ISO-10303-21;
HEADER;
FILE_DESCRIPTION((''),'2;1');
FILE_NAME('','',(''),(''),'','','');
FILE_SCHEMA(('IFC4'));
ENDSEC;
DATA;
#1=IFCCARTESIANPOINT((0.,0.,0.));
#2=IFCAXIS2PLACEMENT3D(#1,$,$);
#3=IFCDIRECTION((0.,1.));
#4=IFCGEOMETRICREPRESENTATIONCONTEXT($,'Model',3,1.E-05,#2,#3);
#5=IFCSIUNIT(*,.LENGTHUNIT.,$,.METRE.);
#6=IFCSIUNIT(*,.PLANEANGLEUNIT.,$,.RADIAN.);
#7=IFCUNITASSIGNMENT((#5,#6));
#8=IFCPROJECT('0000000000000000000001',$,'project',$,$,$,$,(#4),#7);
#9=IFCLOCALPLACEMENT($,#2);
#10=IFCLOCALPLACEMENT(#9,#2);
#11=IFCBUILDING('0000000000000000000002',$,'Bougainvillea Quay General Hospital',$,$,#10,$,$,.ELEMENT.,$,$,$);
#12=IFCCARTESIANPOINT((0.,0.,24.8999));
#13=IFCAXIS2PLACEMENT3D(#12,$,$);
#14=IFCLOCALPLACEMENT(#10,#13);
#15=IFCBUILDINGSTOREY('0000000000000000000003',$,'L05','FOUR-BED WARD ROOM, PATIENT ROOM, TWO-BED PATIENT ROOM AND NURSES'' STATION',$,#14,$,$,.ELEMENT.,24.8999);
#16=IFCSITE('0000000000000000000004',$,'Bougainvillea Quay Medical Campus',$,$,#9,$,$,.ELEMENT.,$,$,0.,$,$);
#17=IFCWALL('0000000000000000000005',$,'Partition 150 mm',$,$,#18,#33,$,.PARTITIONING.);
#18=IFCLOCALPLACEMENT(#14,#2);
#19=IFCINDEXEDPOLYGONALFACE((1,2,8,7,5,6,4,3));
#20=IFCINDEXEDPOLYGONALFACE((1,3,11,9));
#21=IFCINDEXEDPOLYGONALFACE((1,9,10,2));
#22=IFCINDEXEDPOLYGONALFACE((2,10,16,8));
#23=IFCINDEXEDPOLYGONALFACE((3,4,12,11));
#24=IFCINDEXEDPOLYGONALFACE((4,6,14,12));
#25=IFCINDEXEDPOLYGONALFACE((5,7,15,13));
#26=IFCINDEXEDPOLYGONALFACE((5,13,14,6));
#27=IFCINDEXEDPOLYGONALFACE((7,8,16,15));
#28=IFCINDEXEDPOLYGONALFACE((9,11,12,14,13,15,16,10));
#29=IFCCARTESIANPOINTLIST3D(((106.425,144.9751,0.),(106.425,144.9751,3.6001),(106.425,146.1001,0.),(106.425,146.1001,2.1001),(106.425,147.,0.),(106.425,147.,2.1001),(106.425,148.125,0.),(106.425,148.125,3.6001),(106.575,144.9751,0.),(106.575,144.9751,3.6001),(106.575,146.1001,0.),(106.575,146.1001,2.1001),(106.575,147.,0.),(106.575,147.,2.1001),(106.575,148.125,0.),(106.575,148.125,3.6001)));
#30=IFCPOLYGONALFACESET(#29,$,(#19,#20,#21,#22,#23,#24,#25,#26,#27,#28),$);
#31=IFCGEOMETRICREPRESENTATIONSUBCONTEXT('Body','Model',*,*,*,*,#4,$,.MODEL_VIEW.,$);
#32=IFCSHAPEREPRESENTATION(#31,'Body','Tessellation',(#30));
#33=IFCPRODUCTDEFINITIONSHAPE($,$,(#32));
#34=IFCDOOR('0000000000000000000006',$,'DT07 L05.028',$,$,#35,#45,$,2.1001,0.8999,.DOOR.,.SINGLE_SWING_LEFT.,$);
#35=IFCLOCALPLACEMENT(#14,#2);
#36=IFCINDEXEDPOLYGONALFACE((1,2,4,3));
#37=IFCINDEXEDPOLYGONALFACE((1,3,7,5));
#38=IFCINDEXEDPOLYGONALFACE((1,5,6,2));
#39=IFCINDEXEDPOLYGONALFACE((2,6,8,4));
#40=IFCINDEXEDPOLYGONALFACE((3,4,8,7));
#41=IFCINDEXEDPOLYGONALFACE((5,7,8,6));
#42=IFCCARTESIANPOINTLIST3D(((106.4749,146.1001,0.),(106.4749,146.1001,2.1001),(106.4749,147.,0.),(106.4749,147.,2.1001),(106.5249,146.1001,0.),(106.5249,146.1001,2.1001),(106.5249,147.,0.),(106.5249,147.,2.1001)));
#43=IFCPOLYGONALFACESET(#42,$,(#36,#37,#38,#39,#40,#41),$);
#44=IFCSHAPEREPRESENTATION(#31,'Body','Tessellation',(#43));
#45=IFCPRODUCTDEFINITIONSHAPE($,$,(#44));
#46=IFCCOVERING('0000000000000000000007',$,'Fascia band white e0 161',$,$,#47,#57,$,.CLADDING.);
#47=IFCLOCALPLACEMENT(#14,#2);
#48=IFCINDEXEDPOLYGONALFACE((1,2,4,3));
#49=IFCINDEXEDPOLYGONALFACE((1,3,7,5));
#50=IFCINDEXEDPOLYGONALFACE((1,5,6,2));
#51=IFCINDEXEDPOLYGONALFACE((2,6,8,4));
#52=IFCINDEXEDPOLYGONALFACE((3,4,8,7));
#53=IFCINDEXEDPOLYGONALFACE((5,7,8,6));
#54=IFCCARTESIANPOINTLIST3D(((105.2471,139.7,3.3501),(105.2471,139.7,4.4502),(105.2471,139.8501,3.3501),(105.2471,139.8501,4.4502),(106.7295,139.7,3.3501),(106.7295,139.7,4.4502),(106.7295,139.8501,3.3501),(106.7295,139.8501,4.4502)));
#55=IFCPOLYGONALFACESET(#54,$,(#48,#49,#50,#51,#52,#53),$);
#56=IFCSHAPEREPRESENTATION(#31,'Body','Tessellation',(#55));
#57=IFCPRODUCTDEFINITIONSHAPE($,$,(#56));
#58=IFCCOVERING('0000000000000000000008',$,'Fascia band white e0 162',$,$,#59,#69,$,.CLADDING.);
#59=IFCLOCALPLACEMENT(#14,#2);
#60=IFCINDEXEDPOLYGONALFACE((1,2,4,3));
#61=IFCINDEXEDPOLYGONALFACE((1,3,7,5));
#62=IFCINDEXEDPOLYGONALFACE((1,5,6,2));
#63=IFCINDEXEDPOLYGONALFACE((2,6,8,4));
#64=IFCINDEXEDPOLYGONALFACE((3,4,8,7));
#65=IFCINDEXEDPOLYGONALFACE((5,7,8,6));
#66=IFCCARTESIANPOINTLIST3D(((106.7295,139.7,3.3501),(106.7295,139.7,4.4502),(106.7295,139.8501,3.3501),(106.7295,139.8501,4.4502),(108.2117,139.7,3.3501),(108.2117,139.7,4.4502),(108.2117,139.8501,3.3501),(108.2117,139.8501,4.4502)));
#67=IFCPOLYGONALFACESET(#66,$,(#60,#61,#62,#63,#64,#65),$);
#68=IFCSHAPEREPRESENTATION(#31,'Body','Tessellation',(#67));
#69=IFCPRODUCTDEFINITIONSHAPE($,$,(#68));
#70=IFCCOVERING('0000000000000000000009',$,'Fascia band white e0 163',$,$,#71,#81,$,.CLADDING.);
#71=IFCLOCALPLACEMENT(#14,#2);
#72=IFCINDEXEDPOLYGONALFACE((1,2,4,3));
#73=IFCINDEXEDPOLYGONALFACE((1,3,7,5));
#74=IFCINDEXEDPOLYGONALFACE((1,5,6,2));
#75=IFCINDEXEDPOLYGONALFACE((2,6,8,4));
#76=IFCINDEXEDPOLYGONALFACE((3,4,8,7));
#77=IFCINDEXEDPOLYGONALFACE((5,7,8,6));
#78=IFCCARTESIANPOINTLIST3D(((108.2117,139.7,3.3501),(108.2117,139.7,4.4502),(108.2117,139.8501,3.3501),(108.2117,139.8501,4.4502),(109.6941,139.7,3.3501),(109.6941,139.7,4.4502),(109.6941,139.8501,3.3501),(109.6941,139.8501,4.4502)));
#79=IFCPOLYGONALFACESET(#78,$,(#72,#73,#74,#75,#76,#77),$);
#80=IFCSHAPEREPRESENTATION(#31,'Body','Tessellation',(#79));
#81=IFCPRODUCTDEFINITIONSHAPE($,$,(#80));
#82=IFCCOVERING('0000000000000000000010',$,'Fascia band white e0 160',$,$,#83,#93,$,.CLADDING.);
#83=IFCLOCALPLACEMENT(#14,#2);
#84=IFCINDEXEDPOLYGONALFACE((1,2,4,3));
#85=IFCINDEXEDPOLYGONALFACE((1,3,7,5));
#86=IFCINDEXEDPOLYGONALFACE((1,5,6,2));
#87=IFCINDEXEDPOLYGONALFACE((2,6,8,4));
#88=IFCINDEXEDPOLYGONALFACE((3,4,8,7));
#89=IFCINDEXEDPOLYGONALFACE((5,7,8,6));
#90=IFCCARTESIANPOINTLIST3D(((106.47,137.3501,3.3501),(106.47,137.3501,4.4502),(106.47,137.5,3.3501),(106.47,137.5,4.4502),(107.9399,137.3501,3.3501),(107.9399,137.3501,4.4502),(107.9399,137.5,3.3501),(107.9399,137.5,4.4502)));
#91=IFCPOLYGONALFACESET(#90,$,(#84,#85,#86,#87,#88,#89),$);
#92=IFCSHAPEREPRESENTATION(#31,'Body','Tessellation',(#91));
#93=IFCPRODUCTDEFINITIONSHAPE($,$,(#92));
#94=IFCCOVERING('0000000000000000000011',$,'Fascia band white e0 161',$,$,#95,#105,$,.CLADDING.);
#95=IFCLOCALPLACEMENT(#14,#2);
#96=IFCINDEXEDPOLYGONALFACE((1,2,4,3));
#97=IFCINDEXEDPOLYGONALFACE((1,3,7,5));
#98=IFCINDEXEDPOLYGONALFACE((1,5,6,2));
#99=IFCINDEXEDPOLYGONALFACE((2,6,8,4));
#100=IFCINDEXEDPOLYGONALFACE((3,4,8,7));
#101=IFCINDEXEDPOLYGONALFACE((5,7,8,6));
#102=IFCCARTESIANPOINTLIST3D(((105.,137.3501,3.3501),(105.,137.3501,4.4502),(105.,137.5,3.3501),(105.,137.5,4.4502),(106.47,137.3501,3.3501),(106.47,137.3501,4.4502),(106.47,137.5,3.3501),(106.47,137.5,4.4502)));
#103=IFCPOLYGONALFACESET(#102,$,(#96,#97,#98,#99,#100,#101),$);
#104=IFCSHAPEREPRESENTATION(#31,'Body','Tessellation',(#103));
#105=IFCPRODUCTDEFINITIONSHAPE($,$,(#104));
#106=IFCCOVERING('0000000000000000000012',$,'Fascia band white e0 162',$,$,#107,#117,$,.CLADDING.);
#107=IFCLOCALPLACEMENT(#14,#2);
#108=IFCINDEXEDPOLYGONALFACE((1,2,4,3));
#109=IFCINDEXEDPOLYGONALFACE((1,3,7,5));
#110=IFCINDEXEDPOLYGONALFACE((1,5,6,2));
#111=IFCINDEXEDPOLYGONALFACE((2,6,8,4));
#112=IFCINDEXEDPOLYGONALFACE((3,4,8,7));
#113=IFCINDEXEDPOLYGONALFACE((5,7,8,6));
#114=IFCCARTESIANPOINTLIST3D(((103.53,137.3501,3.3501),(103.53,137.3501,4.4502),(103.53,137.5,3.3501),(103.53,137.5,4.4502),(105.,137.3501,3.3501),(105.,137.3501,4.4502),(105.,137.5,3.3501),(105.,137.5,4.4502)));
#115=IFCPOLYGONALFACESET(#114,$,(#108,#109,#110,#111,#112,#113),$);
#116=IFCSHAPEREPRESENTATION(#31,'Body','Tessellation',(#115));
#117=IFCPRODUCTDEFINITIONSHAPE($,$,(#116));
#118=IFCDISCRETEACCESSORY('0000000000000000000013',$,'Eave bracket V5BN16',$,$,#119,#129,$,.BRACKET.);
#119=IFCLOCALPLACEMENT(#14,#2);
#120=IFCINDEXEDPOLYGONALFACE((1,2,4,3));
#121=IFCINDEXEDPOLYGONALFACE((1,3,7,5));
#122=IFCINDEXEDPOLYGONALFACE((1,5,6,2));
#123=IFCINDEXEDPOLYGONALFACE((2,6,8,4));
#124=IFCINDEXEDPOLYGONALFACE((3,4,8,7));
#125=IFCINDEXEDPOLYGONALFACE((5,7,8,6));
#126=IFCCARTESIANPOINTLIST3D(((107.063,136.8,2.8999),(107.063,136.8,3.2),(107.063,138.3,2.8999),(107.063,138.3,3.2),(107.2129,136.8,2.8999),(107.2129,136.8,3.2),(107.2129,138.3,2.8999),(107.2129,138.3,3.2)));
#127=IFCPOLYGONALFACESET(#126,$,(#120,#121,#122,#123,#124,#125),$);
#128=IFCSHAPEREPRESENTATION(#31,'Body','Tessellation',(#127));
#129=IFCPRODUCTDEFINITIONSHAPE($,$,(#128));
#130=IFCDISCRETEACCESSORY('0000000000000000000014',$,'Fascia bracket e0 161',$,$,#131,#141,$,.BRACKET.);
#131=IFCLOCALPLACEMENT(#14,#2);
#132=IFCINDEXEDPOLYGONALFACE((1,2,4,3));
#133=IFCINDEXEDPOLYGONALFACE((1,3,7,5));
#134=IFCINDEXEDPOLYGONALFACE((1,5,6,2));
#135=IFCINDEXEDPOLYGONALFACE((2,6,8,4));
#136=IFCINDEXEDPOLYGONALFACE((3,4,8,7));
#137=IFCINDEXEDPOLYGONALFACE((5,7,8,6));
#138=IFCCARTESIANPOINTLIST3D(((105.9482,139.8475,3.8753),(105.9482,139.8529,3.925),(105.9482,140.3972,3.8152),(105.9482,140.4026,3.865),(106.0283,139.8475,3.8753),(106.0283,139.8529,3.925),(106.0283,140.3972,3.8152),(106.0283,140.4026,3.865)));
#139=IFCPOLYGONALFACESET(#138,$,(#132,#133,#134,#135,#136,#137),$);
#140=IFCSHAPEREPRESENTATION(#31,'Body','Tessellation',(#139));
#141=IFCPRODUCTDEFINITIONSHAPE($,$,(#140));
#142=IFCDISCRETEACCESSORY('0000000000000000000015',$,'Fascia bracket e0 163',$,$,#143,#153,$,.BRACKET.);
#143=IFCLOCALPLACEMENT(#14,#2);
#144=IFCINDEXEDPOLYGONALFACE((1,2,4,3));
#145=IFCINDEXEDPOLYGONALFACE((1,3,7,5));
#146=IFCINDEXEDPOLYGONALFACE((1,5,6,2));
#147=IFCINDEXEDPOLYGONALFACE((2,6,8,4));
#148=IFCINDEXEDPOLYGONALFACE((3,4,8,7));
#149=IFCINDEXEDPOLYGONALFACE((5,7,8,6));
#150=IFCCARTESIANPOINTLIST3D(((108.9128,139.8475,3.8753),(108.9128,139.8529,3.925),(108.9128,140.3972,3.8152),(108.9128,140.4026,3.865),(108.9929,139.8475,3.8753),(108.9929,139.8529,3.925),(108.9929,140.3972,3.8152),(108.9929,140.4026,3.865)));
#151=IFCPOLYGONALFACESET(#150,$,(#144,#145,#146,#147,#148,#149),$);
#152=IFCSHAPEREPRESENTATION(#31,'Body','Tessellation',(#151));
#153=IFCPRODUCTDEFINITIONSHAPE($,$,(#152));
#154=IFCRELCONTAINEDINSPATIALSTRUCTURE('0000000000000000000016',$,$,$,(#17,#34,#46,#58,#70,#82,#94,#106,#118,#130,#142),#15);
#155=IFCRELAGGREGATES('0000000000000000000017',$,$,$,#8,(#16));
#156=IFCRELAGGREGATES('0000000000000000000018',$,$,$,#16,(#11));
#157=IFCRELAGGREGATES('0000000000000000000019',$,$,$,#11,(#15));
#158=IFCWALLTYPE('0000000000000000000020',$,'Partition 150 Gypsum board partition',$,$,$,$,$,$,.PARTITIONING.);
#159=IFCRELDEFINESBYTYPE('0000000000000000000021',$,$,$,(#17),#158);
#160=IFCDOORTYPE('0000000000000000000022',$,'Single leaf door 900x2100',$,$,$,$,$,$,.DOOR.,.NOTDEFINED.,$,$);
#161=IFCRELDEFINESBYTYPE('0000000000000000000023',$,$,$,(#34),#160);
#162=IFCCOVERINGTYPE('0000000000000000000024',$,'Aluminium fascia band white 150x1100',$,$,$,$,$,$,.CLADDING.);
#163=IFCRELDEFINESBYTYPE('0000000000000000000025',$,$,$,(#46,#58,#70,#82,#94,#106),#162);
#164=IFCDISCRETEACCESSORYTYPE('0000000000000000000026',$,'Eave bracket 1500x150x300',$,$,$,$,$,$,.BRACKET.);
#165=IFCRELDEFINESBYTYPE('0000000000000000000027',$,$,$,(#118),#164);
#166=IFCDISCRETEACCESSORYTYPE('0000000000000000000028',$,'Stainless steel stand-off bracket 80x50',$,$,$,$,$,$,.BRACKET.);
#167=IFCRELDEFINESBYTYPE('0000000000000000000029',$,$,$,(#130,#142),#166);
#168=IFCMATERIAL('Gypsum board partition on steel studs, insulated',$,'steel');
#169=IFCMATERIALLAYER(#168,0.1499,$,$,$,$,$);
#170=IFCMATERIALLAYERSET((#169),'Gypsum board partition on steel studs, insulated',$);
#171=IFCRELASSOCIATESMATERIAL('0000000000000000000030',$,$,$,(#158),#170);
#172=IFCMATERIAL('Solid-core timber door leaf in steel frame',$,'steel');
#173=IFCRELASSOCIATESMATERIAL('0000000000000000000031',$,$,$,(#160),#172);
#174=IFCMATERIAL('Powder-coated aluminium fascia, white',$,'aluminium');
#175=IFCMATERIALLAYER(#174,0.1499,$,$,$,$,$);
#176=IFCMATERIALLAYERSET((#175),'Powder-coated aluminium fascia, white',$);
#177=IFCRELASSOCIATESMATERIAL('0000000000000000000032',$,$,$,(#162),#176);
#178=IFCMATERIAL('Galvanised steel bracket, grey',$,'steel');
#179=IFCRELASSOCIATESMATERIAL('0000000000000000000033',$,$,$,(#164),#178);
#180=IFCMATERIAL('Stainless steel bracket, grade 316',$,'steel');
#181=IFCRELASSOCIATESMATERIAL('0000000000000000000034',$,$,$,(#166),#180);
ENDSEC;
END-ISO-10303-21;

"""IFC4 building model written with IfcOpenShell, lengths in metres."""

from ifc_helpers import new_model, si_unit, direction, frame, frame_2d, origin, origin_2d, place, context, subcontext, project, spatial, polyline, rectangle, outline, extrude, material, layer, layer_set, material_profile, profile_set, type_object, element, fill, save


model = new_model("IFC4")

# Units and contexts
model_context = context("Model", 3, precision=1e-05, world=origin(), true_north=direction((0.0, 1.0)))
body_context = subcontext(model_context, "Body", "Model", "MODEL_VIEW")
ifc_project = project(units=[si_unit("LENGTHUNIT", "METRE"), si_unit("PLANEANGLEUNIT", "RADIAN")], contexts=[model_context])

# Site, building, storey
site_placement = place(None, origin())
site = spatial("IfcSite", under=ifc_project, at=site_placement, Name="Bougainvillea Quay Medical Campus", CompositionType="ELEMENT", RefElevation=0.0)
building_placement = place(site_placement, origin())
building = spatial("IfcBuilding", under=site, at=building_placement, Name="Bougainvillea Quay General Hospital", CompositionType="ELEMENT")
storey_placement = place(building_placement, frame((0.0, 0.0, 24.8999)))
storey = spatial("IfcBuildingStorey", under=building, at=storey_placement, Name="L05", Description="FOUR-BED WARD ROOM, PATIENT ROOM, TWO-BED PATIENT ROOM AND NURSES' STATION", CompositionType="ELEMENT", Elevation=24.8999)

# Shared definitions
ifc_material_1 = material(Name="Gypsum board partition on steel studs, insulated", Category="steel")
ifc_layer_1 = layer(ifc_material_1, 0.1499)
ifc_layer_set_1 = layer_set([ifc_layer_1], Name="Gypsum board partition on steel studs, insulated")
wall_type = type_object("IfcWallType", Name="Partition 150 Gypsum board partition", PredefinedType="PARTITIONING", material=ifc_layer_set_1)

# Wall, opening, door
wall_1_placement = place(storey_placement, frame((106.5, 144.9751, 0.0), z_axis=(0.0, 0.0, 1.0), x_axis=(0.0, 1.0, 0.0)))
wall_1 = element("IfcWall", 1, at=wall_1_placement, inside=storey, type_object=wall_type, Name="Partition 150 mm", PredefinedType="PARTITIONING", context=body_context, shape_type="SweptSolid", body=[
    extrude(rectangle(XDim=3.1499, YDim=0.1499, at=frame_2d((1.575, 0.0))), origin(), (0.0, 0.0, 1.0), 3.6001),
])
opening_placement = place(wall_1_placement, frame((1.125, 0.0, 0.0)))
opening = element("IfcOpeningElement", 2, at=opening_placement, cuts=wall_1, PredefinedType="OPENING", context=body_context, shape_type="SweptSolid", body=[
    extrude(rectangle(XDim=0.8999, YDim=2.1001, at=frame_2d((0.45, 1.05))), frame((0.0, 0.085, 0.0), z_axis=(0.0, -1.0, 0.0), x_axis=(1.0, 0.0, 0.0)), (0.0, 0.0, 1.0), 0.1699),
])
ifc_material_2 = material(Name="Solid-core timber door leaf in steel frame", Category="steel")
door_type = type_object("IfcDoorType", Name="Single leaf door 900x2100", OperationType="NOTDEFINED", PredefinedType="DOOR", material=ifc_material_2)
door_placement = place(opening_placement, frame((0.8999, 0.0, 0.0), z_axis=(0.0, 0.0, 1.0), x_axis=(-1.0, 0.0, 0.0)))
door = element("IfcDoor", 3, at=door_placement, inside=storey, type_object=door_type, Name="DT07 L05.028", OperationType="SINGLE_SWING_LEFT", OverallHeight=2.1001, OverallWidth=0.8999, PredefinedType="DOOR", context=body_context, shape_type="SweptSolid", body=[
    extrude(rectangle(XDim=0.8999, YDim=2.1001, at=frame_2d((0.45, 1.05))), frame((0.0, 0.0249, 0.0), z_axis=(0.0, -1.0, 0.0), x_axis=(1.0, 0.0, 0.0)), (0.0, 0.0, 1.0), 0.05),
])
fill(opening, door)

# Coverings
ifc_material_3 = material(Name="Powder-coated aluminium fascia, white", Category="aluminium")
ifc_layer_2 = layer(ifc_material_3, 0.1499)
ifc_layer_set_2 = layer_set([ifc_layer_2], Name="Powder-coated aluminium fascia, white")
covering_type = type_object("IfcCoveringType", Name="Aluminium fascia band white 150x1100", PredefinedType="CLADDING", material=ifc_layer_set_2)
covering_1_placement = place(storey_placement, frame((105.2471, 139.8501, 3.3501), z_axis=(0.0, 0.0, 1.0), x_axis=(1.0, 0.0, 0.0)))
element("IfcCovering", 4, at=covering_1_placement, inside=storey, type_object=covering_type, Name="Fascia band white e0 161", PredefinedType="CLADDING", context=body_context, shape_type="SweptSolid", body=[
    extrude(outline(polyline([(0.0, 0.0), (1.4824, 0.0), (1.4824, -0.1501), (0.0, -0.1501), (0.0, 0.0)])), origin(), (0.0, 0.0, 1.0), 1.1001),
])
covering_2_placement = place(storey_placement, frame((106.7295, 139.8501, 3.3501), z_axis=(0.0, 0.0, 1.0), x_axis=(1.0, 0.0, 0.0)))
element("IfcCovering", 5, at=covering_2_placement, inside=storey, type_object=covering_type, Name="Fascia band white e0 162", PredefinedType="CLADDING", context=body_context, shape_type="SweptSolid", body=[
    extrude(outline(polyline([(0.0, 0.0), (1.4822, 0.0), (1.4822, -0.1501), (0.0, -0.1501), (0.0, 0.0)])), origin(), (0.0, 0.0, 1.0), 1.1001),
])
covering_3_placement = place(storey_placement, frame((108.2117, 139.8501, 3.3501), z_axis=(0.0, 0.0, 1.0), x_axis=(1.0, 0.0, 0.0)))
element("IfcCovering", 6, at=covering_3_placement, inside=storey, type_object=covering_type, Name="Fascia band white e0 163", PredefinedType="CLADDING", context=body_context, shape_type="SweptSolid", body=[
    extrude(outline(polyline([(0.0, 0.0), (1.4824, 0.0), (1.4824, -0.1501), (0.0, -0.1501), (0.0, 0.0)])), origin(), (0.0, 0.0, 1.0), 1.1001),
])
for number, where, z_axis, x_axis, name in (
    (7, (107.9399, 137.3501, 3.3501), (0.0, 0.0, 1.0), (-1.0, 0.0, 0.0), "Fascia band white e0 160"),
    (8, (106.47, 137.3501, 3.3501), (0.0, 0.0, 1.0), (-1.0, 0.0, 0.0), "Fascia band white e0 161"),
    (9, (105.0, 137.3501, 3.3501), (0.0, 0.0, 1.0), (-1.0, 0.0, 0.0), "Fascia band white e0 162"),
):
    element("IfcCovering", number, at=place(storey_placement, frame(where, z_axis=z_axis, x_axis=x_axis)), inside=storey, type_object=covering_type, Name=name, PredefinedType="CLADDING", context=body_context, shape_type="SweptSolid", body=[
        extrude(outline(polyline([(0.0, 0.0), (1.47, 0.0), (1.47, -0.1499), (0.0, -0.1499), (0.0, 0.0)])), origin(), (0.0, 0.0, 1.0), 1.1001),
    ])

# Discrete accessories
ifc_material_4 = material(Name="Galvanised steel bracket, grey", Category="steel")
discrete_accessory_type_1 = type_object("IfcDiscreteAccessoryType", Name="Eave bracket 1500x150x300", PredefinedType="BRACKET", material=ifc_material_4)
discrete_accessory_placement = place(storey_placement, frame((107.1379, 137.55, 2.8999), z_axis=(0.0, 0.0, 1.0), x_axis=(1.0, 0.0, 0.0)))
element("IfcDiscreteAccessory", 10, at=discrete_accessory_placement, inside=storey, type_object=discrete_accessory_type_1, Name="Eave bracket V5BN16", PredefinedType="BRACKET", context=body_context, shape_type="SweptSolid", body=[
    extrude(rectangle(XDim=0.1499, YDim=1.5, at=origin_2d()), origin(), (0.0, 0.0, 1.0), 0.3),
])
ifc_material_5 = material(Name="Stainless steel bracket, grade 316", Category="steel")
ifc_material_profile_1 = material_profile(ifc_material_5, rectangle(XDim=0.0801, YDim=0.05, at=origin_2d()))
ifc_profile_set_1 = profile_set([ifc_material_profile_1], Name="Stainless steel bracket, grade 316")
discrete_accessory_type_2 = type_object("IfcDiscreteAccessoryType", Name="Stainless steel stand-off bracket 80x50", PredefinedType="BRACKET", material=ifc_profile_set_1)
for number, where, z_axis, x_axis, name in (
    (11, (105.9883, 140.3999, 3.8401), (0.0, -0.994087, 0.10859), (1.0, 0.0, 0.0), "Fascia bracket e0 161"),
    (12, (108.9529, 140.3999, 3.8401), (0.0, -0.994087, 0.10859), (1.0, 0.0, 0.0), "Fascia bracket e0 163"),
):
    element("IfcDiscreteAccessory", number, at=place(storey_placement, frame(where, z_axis=z_axis, x_axis=x_axis)), inside=storey, type_object=discrete_accessory_type_2, Name=name, PredefinedType="BRACKET", context=body_context, shape_type="SweptSolid", body=[
        extrude(rectangle(XDim=0.0801, YDim=0.05, at=origin_2d()), origin(), (0.0, 0.0, 1.0), 0.553),
    ])

save(model, "model.ifc")
